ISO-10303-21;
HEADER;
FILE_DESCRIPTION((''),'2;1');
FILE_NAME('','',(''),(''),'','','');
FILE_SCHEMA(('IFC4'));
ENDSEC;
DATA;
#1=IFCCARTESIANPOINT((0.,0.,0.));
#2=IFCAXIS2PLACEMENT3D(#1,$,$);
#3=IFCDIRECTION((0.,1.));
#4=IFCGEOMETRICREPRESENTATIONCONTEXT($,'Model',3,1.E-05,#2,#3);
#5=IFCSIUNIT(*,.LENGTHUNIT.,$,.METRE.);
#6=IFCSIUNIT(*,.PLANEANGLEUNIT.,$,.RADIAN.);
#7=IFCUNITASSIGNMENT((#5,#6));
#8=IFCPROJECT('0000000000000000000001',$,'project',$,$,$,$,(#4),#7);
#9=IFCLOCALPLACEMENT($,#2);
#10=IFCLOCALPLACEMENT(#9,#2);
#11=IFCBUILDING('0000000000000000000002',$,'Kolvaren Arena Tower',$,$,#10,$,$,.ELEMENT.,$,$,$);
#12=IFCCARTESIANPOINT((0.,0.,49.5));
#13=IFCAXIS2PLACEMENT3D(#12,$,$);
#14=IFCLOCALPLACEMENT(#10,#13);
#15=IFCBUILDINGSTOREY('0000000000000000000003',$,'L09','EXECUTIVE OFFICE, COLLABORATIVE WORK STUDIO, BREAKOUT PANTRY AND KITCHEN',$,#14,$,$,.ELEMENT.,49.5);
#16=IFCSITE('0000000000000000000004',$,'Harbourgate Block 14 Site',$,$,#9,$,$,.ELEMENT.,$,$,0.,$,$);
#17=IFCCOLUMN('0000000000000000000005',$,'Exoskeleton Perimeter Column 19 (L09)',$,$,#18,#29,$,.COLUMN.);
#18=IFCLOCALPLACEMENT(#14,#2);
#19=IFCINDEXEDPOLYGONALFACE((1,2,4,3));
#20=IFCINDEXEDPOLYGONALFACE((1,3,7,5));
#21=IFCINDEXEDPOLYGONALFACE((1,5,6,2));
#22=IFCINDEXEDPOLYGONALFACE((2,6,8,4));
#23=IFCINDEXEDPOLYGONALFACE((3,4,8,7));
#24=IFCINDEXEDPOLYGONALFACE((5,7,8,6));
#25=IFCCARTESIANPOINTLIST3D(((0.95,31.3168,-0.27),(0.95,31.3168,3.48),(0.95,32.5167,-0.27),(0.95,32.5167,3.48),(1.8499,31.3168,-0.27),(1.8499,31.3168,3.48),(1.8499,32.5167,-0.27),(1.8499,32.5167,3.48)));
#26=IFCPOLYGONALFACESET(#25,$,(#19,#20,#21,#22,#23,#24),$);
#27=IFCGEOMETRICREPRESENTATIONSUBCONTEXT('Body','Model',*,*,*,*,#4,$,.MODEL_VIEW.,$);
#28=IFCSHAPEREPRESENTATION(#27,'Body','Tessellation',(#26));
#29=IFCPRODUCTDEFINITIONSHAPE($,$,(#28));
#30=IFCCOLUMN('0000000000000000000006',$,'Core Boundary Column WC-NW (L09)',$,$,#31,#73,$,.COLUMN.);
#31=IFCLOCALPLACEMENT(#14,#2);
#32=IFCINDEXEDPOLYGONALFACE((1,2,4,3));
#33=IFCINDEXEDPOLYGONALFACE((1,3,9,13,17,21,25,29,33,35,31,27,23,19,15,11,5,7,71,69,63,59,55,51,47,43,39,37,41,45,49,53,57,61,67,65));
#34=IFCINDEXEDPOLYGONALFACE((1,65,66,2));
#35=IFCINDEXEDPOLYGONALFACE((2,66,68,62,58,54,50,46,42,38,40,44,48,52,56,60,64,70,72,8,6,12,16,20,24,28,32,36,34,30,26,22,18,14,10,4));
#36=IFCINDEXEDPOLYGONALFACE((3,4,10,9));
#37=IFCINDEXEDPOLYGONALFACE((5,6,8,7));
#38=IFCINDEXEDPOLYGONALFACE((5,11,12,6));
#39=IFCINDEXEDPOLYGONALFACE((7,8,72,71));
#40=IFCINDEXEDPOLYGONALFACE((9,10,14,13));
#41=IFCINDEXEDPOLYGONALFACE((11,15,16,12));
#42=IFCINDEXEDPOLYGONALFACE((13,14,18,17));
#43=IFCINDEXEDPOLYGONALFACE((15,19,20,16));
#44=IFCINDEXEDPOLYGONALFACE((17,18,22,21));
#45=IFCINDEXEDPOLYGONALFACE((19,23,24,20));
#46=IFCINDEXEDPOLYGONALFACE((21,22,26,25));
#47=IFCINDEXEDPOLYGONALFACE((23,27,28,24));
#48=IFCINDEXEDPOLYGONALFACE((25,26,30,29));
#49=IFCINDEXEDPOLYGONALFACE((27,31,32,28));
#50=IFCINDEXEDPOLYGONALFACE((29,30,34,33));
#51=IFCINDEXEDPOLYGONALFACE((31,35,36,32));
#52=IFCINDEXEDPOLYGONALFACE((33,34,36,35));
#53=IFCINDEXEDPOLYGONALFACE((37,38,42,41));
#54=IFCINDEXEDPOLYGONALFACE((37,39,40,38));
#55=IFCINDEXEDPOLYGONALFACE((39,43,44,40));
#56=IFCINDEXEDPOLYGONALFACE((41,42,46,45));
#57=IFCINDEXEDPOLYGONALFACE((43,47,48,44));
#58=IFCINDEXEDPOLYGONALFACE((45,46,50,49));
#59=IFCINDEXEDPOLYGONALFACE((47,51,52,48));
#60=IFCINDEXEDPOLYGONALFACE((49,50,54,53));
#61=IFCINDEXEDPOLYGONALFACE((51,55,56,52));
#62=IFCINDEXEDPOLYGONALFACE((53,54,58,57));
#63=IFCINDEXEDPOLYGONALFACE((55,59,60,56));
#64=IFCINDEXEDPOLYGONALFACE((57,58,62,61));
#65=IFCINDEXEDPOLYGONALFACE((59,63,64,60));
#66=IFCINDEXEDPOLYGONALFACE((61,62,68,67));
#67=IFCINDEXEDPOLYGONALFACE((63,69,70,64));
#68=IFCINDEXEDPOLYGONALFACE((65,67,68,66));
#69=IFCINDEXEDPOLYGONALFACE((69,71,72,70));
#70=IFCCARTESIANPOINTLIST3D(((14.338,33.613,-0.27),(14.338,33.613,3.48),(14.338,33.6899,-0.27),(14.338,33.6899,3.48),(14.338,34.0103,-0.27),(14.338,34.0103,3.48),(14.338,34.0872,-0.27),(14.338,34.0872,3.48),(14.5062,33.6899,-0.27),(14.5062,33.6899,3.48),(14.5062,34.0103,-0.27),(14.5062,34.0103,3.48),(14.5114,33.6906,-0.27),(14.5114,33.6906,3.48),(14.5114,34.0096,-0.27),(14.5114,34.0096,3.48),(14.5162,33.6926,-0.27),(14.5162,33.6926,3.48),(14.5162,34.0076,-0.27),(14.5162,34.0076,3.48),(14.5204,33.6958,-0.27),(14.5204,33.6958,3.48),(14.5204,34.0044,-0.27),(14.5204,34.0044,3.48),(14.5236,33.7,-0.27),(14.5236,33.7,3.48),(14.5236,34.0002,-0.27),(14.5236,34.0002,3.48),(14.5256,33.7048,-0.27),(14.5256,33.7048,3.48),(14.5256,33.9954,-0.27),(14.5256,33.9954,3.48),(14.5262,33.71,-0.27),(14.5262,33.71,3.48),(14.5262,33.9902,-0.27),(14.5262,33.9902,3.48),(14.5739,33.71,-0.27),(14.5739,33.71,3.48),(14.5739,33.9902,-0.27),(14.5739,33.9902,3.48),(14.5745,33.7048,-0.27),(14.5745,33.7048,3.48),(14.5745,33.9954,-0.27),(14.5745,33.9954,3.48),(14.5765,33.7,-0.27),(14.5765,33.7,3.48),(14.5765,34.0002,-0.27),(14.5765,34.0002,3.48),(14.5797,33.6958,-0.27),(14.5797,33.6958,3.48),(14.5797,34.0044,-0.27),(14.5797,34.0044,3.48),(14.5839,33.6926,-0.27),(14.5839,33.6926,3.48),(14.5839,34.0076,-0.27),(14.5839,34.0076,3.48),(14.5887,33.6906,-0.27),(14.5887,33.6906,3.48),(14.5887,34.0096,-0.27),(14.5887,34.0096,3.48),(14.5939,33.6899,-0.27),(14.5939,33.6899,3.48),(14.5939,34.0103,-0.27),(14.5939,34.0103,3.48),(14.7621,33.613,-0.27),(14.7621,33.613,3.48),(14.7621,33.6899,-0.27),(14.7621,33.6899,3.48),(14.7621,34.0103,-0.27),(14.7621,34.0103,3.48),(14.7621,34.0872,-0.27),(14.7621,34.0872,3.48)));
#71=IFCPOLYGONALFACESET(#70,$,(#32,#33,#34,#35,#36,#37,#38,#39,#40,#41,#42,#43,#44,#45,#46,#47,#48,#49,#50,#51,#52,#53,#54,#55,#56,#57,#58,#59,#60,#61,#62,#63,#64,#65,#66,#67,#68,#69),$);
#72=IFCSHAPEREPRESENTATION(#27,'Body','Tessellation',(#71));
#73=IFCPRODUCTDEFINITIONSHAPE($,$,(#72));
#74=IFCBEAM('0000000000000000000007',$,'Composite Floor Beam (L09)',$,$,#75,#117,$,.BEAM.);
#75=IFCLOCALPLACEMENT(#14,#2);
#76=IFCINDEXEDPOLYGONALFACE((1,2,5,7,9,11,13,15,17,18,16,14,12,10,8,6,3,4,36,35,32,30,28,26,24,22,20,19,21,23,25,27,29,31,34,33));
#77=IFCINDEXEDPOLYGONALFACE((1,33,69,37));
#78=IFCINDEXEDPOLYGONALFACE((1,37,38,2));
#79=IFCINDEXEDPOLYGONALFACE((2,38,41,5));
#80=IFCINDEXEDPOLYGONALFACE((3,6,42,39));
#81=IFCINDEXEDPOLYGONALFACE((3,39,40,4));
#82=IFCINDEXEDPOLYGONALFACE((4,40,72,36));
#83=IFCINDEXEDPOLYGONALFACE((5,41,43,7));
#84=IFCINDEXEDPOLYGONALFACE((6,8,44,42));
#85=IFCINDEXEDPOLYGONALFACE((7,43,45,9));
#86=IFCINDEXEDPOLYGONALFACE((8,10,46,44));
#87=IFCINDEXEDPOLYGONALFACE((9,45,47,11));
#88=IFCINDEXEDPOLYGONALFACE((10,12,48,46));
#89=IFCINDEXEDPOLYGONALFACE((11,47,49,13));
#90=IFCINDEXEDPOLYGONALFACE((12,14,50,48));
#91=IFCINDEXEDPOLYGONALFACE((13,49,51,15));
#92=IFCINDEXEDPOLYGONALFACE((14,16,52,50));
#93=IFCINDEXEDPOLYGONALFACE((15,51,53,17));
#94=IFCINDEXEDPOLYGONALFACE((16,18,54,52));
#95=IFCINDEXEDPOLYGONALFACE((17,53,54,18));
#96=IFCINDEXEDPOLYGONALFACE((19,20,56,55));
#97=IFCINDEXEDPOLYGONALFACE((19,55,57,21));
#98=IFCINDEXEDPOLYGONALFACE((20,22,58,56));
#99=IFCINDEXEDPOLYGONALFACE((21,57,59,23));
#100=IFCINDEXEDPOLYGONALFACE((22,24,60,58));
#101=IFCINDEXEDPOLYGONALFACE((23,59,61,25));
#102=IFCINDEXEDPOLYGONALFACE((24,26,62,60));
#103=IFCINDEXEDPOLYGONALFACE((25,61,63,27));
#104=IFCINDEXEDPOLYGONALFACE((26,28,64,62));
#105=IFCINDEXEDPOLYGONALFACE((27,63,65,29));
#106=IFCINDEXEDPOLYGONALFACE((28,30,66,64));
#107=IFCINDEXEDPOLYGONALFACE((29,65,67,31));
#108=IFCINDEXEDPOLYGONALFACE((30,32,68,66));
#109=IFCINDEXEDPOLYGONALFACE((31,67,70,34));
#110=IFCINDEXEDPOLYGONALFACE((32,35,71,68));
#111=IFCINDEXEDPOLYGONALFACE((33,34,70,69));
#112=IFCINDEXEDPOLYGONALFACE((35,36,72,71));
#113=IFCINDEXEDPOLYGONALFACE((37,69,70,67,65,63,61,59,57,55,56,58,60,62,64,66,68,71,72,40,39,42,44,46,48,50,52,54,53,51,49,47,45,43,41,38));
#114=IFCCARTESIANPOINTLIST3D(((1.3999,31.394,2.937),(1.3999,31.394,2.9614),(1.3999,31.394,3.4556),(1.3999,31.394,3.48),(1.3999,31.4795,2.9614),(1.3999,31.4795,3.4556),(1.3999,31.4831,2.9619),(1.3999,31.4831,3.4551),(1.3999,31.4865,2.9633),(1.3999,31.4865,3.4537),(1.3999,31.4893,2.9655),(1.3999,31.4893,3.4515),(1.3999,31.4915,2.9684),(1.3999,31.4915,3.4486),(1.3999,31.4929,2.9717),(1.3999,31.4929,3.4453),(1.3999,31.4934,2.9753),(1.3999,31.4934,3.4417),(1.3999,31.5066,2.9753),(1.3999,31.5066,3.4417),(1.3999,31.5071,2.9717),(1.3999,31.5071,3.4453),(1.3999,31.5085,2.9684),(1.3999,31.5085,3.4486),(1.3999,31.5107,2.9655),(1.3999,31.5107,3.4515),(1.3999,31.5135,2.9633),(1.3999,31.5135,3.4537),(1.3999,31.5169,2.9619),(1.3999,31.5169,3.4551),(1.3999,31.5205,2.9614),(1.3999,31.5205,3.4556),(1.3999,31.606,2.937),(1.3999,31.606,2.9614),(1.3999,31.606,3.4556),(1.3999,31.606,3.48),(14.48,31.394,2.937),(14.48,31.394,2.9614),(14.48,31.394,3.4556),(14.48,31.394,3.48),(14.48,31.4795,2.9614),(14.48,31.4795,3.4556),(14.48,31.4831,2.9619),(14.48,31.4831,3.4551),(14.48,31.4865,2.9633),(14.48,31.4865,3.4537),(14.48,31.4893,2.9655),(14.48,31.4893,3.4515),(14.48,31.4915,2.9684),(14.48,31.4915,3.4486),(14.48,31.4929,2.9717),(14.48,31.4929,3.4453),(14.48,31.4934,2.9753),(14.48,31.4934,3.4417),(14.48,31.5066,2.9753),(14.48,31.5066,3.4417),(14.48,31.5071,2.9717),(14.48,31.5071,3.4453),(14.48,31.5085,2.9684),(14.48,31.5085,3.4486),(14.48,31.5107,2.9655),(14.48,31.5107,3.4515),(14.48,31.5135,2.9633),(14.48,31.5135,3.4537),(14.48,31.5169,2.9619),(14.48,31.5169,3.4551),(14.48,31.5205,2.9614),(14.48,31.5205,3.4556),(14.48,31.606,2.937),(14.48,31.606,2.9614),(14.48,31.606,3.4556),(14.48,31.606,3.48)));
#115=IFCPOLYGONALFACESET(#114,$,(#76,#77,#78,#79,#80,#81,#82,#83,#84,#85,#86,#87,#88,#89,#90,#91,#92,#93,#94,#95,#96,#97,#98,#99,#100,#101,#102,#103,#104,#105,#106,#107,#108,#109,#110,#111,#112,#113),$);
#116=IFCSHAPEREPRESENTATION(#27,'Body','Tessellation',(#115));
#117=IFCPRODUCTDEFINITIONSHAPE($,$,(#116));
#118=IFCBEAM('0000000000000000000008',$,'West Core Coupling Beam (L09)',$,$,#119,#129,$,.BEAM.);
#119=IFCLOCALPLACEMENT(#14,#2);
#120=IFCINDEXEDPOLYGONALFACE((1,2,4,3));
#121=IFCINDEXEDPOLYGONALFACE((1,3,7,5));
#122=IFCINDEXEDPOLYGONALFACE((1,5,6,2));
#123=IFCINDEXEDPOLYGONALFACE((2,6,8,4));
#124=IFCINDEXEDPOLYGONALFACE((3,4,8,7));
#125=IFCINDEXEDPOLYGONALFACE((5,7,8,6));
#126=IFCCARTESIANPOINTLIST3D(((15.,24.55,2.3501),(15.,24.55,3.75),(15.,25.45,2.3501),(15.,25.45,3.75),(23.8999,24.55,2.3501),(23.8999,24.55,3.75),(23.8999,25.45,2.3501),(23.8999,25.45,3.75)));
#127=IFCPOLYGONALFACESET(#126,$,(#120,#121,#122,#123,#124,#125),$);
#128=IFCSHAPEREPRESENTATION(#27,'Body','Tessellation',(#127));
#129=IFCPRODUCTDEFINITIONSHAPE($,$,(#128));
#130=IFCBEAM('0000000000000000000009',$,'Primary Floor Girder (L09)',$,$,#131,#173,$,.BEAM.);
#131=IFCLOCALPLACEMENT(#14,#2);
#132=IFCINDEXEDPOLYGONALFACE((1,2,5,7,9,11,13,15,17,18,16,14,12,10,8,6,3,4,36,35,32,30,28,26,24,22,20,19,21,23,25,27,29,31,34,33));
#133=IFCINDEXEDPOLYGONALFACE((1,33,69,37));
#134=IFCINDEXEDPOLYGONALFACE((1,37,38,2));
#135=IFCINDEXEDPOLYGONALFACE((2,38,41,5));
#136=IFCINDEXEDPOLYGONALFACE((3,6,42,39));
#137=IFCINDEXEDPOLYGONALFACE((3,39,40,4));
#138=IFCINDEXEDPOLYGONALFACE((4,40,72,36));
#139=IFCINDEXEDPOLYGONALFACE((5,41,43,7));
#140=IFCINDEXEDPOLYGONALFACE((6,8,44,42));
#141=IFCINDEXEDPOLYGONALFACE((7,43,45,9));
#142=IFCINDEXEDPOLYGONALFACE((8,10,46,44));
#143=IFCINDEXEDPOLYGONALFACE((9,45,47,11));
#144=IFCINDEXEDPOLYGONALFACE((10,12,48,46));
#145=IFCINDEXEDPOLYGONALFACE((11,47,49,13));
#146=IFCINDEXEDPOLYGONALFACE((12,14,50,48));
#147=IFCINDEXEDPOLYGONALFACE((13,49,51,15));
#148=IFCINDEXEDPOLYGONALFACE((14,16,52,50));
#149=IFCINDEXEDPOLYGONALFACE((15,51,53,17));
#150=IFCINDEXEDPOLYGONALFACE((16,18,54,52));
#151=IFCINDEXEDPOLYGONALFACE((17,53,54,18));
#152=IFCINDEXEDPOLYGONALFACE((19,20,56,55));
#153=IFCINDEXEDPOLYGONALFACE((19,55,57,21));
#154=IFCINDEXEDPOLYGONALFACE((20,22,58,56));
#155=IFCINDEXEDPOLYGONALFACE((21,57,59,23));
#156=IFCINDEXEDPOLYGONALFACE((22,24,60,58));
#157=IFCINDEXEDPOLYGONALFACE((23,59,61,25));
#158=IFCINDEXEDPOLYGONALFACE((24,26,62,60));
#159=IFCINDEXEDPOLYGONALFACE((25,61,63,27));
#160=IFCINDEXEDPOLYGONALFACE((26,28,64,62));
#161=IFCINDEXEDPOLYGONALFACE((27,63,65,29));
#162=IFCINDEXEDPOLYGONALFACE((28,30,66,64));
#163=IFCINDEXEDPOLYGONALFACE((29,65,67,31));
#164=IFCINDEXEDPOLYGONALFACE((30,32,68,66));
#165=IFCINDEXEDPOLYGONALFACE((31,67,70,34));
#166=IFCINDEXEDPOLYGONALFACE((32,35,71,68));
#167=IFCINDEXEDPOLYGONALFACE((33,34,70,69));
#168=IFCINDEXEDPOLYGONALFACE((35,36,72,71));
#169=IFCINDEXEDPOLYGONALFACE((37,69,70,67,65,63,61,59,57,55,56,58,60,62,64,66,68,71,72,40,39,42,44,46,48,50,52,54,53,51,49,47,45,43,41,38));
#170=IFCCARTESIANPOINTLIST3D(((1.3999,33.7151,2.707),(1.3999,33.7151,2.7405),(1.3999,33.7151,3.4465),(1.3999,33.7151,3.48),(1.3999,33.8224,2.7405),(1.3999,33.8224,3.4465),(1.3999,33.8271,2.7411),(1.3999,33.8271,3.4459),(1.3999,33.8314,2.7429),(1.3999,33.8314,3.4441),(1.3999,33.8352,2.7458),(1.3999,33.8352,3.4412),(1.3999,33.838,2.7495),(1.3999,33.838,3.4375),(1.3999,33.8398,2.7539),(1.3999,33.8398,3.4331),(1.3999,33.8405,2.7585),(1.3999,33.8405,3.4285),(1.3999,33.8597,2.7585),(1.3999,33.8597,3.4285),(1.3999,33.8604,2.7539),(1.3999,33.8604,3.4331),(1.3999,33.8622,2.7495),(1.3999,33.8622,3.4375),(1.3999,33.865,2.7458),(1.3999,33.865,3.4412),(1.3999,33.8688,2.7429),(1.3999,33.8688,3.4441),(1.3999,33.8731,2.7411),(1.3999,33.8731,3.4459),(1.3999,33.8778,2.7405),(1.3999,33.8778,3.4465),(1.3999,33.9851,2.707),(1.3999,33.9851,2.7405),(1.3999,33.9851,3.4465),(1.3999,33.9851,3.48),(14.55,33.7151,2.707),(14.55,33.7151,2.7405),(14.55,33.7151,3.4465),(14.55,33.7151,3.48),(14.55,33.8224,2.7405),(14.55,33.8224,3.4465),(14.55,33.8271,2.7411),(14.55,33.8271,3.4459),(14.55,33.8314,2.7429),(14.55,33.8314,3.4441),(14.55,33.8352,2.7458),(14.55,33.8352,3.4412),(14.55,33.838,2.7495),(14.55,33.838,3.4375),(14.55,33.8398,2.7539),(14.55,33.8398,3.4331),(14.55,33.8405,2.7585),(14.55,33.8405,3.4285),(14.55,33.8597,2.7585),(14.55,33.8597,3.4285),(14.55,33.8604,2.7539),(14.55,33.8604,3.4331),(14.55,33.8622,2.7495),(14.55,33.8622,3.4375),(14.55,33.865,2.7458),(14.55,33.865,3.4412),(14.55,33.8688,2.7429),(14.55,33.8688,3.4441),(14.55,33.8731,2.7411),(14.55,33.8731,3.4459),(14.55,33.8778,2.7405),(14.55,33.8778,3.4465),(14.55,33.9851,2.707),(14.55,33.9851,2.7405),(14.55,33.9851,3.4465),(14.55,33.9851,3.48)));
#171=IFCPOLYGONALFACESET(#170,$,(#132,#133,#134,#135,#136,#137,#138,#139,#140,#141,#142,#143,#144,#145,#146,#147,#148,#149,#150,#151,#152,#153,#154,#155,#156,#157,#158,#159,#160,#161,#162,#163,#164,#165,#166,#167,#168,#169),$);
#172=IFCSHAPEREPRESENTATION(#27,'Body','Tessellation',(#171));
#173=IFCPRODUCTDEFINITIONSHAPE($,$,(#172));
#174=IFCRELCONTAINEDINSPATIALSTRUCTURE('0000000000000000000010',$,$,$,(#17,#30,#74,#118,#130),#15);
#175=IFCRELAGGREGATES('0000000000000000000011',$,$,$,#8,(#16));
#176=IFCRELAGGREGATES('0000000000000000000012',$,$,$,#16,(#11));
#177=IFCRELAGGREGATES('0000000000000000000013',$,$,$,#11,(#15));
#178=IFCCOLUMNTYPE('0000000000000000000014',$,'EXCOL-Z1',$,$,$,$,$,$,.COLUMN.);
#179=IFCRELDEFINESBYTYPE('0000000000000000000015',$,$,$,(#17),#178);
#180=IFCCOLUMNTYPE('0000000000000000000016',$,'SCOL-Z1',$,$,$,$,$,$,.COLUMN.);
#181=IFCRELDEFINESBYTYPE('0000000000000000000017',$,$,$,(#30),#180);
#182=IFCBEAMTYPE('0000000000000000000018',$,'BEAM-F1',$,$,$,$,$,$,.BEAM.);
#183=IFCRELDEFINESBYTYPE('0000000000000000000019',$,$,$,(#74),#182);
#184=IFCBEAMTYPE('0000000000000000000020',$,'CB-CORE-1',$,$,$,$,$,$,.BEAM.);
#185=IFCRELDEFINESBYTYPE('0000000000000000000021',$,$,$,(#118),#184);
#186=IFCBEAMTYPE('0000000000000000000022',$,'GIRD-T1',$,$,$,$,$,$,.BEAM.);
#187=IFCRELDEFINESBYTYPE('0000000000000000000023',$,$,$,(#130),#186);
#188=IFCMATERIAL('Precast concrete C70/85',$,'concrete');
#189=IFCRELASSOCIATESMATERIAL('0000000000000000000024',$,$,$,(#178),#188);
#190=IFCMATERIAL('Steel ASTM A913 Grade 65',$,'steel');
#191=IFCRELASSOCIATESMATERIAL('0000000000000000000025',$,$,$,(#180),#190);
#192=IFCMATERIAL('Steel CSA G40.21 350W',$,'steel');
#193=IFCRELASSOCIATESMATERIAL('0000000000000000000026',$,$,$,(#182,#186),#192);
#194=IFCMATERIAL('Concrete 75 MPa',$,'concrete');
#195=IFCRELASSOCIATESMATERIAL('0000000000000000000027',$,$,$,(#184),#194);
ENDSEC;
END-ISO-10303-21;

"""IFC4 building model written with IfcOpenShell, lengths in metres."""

from ifc_helpers import new_model, si_unit, direction, frame, origin, origin_2d, place, context, subcontext, project, spatial, rectangle, i_section, extrude, material, material_profile, profile_set, type_object, element, save


model = new_model("IFC4")

# Units and contexts
model_context = context("Model", 3, precision=1e-05, world=origin(), true_north=direction((0.0, 1.0)))
body_context = subcontext(model_context, "Body", "Model", "MODEL_VIEW")
ifc_project = project(units=[si_unit("LENGTHUNIT", "METRE"), si_unit("PLANEANGLEUNIT", "RADIAN")], contexts=[model_context])

# Site, building, storey
site_placement = place(None, origin())
site = spatial("IfcSite", under=ifc_project, at=site_placement, Name="Harbourgate Block 14 Site", CompositionType="ELEMENT", RefElevation=0.0)
building_placement = place(site_placement, origin())
building = spatial("IfcBuilding", under=site, at=building_placement, Name="Kolvaren Arena Tower", CompositionType="ELEMENT")
storey_placement = place(building_placement, frame((0.0, 0.0, 49.5)))
storey = spatial("IfcBuildingStorey", under=building, at=storey_placement, Name="L09", Description="EXECUTIVE OFFICE, COLLABORATIVE WORK STUDIO, BREAKOUT PANTRY AND KITCHEN", CompositionType="ELEMENT", Elevation=49.5)

# Columns
ifc_material_1 = material(Name="Precast concrete C70/85", Category="concrete")
ifc_material_profile_1 = material_profile(ifc_material_1, rectangle(XDim=1.2, YDim=0.8999, at=origin_2d()), Name="RC-1200x900")
ifc_profile_set_1 = profile_set([ifc_material_profile_1], Name="Precast concrete C70/85")
column_type_1 = type_object("IfcColumnType", Name="EXCOL-Z1", PredefinedType="COLUMN", material=ifc_profile_set_1)
column_1_placement = place(storey_placement, frame((1.3999, 31.9167, -0.27), z_axis=(0.0, 0.0, 1.0), x_axis=(0.0, 1.0, 0.0)))
element("IfcColumn", 1, at=column_1_placement, inside=storey, type_object=column_type_1, Name="Exoskeleton Perimeter Column 19 (L09)", PredefinedType="COLUMN", context=body_context, shape_type="SweptSolid", body=[
    extrude(rectangle(XDim=1.2, YDim=0.8999, at=origin_2d()), origin(), (0.0, 0.0, 1.0), 3.75),
])
ifc_material_2 = material(Name="Steel ASTM A913 Grade 65", Category="steel")
ifc_material_profile_2 = material_profile(ifc_material_2, i_section(OverallWidth=0.4241, OverallDepth=0.4741, WebThickness=0.0476, FlangeThickness=0.0769, FilletRadius=0.02, at=origin_2d()), Name="W360x634")
ifc_profile_set_2 = profile_set([ifc_material_profile_2], Name="Steel ASTM A913 Grade 65")
column_type_2 = type_object("IfcColumnType", Name="SCOL-Z1", PredefinedType="COLUMN", material=ifc_profile_set_2)
column_2_placement = place(storey_placement, frame((14.55, 33.8501, -0.27), z_axis=(0.0, 0.0, 1.0), x_axis=(1.0, 0.0, 0.0)))
element("IfcColumn", 2, at=column_2_placement, inside=storey, type_object=column_type_2, Name="Core Boundary Column WC-NW (L09)", PredefinedType="COLUMN", context=body_context, shape_type="SweptSolid", body=[
    extrude(i_section(OverallWidth=0.4241, OverallDepth=0.4741, WebThickness=0.0476, FlangeThickness=0.0769, FilletRadius=0.02, at=origin_2d()), origin(), (0.0, 0.0, 1.0), 3.75),
])

# Beams
ifc_material_3 = material(Name="Steel CSA G40.21 350W", Category="steel")
ifc_material_profile_3 = material_profile(ifc_material_3, i_section(OverallWidth=0.2119, OverallDepth=0.543, WebThickness=0.0132, FlangeThickness=0.0244, FilletRadius=0.0139, at=origin_2d()), Name="W530x150")
ifc_profile_set_3 = profile_set([ifc_material_profile_3], Name="Steel CSA G40.21 350W")
beam_type_1 = type_object("IfcBeamType", Name="BEAM-F1", PredefinedType="BEAM", material=ifc_profile_set_3)
beam_1_placement = place(storey_placement, frame((1.3999, 31.5, 3.2085), z_axis=(1.0, 0.0, 0.0), x_axis=(0.0, 1.0, 0.0)))
element("IfcBeam", 3, at=beam_1_placement, inside=storey, type_object=beam_type_1, Name="Composite Floor Beam (L09)", PredefinedType="BEAM", context=body_context, shape_type="SweptSolid", body=[
    extrude(i_section(OverallWidth=0.2119, OverallDepth=0.543, WebThickness=0.0132, FlangeThickness=0.0244, FilletRadius=0.0139, at=origin_2d()), origin(), (0.0, 0.0, 1.0), 13.0801),
])
ifc_material_4 = material(Name="Concrete 75 MPa", Category="concrete")
ifc_material_profile_4 = material_profile(ifc_material_4, rectangle(XDim=0.8999, YDim=1.3999, at=origin_2d()), Name="RC-900x1400")
ifc_profile_set_4 = profile_set([ifc_material_profile_4], Name="Concrete 75 MPa")
beam_type_2 = type_object("IfcBeamType", Name="CB-CORE-1", PredefinedType="BEAM", material=ifc_profile_set_4)
beam_2_placement = place(storey_placement, frame((15.0, 25.0, 3.05), z_axis=(1.0, 0.0, 0.0), x_axis=(0.0, 1.0, 0.0)))
element("IfcBeam", 4, at=beam_2_placement, inside=storey, type_object=beam_type_2, Name="West Core Coupling Beam (L09)", PredefinedType="BEAM", context=body_context, shape_type="SweptSolid", body=[
    extrude(rectangle(XDim=0.8999, YDim=1.3999, at=origin_2d()), origin(), (0.0, 0.0, 1.0), 8.8999),
])
ifc_material_profile_5 = material_profile(ifc_material_3, i_section(OverallWidth=0.27, OverallDepth=0.7729, WebThickness=0.0193, FlangeThickness=0.0334, FilletRadius=0.0181, at=origin_2d()), Name="W760x257")
ifc_profile_set_5 = profile_set([ifc_material_profile_5], Name="Steel CSA G40.21 350W")
beam_type_3 = type_object("IfcBeamType", Name="GIRD-T1", PredefinedType="BEAM", material=ifc_profile_set_5)
beam_3_placement = place(storey_placement, frame((1.3999, 33.8501, 3.0935), z_axis=(1.0, 0.0, 0.0), x_axis=(0.0, 1.0, 0.0)))
element("IfcBeam", 5, at=beam_3_placement, inside=storey, type_object=beam_type_3, Name="Primary Floor Girder (L09)", PredefinedType="BEAM", context=body_context, shape_type="SweptSolid", body=[
    extrude(i_section(OverallWidth=0.27, OverallDepth=0.7729, WebThickness=0.0193, FlangeThickness=0.0334, FilletRadius=0.0181, at=origin_2d()), origin(), (0.0, 0.0, 1.0), 13.1501),
])

save(model, "model.ifc")
